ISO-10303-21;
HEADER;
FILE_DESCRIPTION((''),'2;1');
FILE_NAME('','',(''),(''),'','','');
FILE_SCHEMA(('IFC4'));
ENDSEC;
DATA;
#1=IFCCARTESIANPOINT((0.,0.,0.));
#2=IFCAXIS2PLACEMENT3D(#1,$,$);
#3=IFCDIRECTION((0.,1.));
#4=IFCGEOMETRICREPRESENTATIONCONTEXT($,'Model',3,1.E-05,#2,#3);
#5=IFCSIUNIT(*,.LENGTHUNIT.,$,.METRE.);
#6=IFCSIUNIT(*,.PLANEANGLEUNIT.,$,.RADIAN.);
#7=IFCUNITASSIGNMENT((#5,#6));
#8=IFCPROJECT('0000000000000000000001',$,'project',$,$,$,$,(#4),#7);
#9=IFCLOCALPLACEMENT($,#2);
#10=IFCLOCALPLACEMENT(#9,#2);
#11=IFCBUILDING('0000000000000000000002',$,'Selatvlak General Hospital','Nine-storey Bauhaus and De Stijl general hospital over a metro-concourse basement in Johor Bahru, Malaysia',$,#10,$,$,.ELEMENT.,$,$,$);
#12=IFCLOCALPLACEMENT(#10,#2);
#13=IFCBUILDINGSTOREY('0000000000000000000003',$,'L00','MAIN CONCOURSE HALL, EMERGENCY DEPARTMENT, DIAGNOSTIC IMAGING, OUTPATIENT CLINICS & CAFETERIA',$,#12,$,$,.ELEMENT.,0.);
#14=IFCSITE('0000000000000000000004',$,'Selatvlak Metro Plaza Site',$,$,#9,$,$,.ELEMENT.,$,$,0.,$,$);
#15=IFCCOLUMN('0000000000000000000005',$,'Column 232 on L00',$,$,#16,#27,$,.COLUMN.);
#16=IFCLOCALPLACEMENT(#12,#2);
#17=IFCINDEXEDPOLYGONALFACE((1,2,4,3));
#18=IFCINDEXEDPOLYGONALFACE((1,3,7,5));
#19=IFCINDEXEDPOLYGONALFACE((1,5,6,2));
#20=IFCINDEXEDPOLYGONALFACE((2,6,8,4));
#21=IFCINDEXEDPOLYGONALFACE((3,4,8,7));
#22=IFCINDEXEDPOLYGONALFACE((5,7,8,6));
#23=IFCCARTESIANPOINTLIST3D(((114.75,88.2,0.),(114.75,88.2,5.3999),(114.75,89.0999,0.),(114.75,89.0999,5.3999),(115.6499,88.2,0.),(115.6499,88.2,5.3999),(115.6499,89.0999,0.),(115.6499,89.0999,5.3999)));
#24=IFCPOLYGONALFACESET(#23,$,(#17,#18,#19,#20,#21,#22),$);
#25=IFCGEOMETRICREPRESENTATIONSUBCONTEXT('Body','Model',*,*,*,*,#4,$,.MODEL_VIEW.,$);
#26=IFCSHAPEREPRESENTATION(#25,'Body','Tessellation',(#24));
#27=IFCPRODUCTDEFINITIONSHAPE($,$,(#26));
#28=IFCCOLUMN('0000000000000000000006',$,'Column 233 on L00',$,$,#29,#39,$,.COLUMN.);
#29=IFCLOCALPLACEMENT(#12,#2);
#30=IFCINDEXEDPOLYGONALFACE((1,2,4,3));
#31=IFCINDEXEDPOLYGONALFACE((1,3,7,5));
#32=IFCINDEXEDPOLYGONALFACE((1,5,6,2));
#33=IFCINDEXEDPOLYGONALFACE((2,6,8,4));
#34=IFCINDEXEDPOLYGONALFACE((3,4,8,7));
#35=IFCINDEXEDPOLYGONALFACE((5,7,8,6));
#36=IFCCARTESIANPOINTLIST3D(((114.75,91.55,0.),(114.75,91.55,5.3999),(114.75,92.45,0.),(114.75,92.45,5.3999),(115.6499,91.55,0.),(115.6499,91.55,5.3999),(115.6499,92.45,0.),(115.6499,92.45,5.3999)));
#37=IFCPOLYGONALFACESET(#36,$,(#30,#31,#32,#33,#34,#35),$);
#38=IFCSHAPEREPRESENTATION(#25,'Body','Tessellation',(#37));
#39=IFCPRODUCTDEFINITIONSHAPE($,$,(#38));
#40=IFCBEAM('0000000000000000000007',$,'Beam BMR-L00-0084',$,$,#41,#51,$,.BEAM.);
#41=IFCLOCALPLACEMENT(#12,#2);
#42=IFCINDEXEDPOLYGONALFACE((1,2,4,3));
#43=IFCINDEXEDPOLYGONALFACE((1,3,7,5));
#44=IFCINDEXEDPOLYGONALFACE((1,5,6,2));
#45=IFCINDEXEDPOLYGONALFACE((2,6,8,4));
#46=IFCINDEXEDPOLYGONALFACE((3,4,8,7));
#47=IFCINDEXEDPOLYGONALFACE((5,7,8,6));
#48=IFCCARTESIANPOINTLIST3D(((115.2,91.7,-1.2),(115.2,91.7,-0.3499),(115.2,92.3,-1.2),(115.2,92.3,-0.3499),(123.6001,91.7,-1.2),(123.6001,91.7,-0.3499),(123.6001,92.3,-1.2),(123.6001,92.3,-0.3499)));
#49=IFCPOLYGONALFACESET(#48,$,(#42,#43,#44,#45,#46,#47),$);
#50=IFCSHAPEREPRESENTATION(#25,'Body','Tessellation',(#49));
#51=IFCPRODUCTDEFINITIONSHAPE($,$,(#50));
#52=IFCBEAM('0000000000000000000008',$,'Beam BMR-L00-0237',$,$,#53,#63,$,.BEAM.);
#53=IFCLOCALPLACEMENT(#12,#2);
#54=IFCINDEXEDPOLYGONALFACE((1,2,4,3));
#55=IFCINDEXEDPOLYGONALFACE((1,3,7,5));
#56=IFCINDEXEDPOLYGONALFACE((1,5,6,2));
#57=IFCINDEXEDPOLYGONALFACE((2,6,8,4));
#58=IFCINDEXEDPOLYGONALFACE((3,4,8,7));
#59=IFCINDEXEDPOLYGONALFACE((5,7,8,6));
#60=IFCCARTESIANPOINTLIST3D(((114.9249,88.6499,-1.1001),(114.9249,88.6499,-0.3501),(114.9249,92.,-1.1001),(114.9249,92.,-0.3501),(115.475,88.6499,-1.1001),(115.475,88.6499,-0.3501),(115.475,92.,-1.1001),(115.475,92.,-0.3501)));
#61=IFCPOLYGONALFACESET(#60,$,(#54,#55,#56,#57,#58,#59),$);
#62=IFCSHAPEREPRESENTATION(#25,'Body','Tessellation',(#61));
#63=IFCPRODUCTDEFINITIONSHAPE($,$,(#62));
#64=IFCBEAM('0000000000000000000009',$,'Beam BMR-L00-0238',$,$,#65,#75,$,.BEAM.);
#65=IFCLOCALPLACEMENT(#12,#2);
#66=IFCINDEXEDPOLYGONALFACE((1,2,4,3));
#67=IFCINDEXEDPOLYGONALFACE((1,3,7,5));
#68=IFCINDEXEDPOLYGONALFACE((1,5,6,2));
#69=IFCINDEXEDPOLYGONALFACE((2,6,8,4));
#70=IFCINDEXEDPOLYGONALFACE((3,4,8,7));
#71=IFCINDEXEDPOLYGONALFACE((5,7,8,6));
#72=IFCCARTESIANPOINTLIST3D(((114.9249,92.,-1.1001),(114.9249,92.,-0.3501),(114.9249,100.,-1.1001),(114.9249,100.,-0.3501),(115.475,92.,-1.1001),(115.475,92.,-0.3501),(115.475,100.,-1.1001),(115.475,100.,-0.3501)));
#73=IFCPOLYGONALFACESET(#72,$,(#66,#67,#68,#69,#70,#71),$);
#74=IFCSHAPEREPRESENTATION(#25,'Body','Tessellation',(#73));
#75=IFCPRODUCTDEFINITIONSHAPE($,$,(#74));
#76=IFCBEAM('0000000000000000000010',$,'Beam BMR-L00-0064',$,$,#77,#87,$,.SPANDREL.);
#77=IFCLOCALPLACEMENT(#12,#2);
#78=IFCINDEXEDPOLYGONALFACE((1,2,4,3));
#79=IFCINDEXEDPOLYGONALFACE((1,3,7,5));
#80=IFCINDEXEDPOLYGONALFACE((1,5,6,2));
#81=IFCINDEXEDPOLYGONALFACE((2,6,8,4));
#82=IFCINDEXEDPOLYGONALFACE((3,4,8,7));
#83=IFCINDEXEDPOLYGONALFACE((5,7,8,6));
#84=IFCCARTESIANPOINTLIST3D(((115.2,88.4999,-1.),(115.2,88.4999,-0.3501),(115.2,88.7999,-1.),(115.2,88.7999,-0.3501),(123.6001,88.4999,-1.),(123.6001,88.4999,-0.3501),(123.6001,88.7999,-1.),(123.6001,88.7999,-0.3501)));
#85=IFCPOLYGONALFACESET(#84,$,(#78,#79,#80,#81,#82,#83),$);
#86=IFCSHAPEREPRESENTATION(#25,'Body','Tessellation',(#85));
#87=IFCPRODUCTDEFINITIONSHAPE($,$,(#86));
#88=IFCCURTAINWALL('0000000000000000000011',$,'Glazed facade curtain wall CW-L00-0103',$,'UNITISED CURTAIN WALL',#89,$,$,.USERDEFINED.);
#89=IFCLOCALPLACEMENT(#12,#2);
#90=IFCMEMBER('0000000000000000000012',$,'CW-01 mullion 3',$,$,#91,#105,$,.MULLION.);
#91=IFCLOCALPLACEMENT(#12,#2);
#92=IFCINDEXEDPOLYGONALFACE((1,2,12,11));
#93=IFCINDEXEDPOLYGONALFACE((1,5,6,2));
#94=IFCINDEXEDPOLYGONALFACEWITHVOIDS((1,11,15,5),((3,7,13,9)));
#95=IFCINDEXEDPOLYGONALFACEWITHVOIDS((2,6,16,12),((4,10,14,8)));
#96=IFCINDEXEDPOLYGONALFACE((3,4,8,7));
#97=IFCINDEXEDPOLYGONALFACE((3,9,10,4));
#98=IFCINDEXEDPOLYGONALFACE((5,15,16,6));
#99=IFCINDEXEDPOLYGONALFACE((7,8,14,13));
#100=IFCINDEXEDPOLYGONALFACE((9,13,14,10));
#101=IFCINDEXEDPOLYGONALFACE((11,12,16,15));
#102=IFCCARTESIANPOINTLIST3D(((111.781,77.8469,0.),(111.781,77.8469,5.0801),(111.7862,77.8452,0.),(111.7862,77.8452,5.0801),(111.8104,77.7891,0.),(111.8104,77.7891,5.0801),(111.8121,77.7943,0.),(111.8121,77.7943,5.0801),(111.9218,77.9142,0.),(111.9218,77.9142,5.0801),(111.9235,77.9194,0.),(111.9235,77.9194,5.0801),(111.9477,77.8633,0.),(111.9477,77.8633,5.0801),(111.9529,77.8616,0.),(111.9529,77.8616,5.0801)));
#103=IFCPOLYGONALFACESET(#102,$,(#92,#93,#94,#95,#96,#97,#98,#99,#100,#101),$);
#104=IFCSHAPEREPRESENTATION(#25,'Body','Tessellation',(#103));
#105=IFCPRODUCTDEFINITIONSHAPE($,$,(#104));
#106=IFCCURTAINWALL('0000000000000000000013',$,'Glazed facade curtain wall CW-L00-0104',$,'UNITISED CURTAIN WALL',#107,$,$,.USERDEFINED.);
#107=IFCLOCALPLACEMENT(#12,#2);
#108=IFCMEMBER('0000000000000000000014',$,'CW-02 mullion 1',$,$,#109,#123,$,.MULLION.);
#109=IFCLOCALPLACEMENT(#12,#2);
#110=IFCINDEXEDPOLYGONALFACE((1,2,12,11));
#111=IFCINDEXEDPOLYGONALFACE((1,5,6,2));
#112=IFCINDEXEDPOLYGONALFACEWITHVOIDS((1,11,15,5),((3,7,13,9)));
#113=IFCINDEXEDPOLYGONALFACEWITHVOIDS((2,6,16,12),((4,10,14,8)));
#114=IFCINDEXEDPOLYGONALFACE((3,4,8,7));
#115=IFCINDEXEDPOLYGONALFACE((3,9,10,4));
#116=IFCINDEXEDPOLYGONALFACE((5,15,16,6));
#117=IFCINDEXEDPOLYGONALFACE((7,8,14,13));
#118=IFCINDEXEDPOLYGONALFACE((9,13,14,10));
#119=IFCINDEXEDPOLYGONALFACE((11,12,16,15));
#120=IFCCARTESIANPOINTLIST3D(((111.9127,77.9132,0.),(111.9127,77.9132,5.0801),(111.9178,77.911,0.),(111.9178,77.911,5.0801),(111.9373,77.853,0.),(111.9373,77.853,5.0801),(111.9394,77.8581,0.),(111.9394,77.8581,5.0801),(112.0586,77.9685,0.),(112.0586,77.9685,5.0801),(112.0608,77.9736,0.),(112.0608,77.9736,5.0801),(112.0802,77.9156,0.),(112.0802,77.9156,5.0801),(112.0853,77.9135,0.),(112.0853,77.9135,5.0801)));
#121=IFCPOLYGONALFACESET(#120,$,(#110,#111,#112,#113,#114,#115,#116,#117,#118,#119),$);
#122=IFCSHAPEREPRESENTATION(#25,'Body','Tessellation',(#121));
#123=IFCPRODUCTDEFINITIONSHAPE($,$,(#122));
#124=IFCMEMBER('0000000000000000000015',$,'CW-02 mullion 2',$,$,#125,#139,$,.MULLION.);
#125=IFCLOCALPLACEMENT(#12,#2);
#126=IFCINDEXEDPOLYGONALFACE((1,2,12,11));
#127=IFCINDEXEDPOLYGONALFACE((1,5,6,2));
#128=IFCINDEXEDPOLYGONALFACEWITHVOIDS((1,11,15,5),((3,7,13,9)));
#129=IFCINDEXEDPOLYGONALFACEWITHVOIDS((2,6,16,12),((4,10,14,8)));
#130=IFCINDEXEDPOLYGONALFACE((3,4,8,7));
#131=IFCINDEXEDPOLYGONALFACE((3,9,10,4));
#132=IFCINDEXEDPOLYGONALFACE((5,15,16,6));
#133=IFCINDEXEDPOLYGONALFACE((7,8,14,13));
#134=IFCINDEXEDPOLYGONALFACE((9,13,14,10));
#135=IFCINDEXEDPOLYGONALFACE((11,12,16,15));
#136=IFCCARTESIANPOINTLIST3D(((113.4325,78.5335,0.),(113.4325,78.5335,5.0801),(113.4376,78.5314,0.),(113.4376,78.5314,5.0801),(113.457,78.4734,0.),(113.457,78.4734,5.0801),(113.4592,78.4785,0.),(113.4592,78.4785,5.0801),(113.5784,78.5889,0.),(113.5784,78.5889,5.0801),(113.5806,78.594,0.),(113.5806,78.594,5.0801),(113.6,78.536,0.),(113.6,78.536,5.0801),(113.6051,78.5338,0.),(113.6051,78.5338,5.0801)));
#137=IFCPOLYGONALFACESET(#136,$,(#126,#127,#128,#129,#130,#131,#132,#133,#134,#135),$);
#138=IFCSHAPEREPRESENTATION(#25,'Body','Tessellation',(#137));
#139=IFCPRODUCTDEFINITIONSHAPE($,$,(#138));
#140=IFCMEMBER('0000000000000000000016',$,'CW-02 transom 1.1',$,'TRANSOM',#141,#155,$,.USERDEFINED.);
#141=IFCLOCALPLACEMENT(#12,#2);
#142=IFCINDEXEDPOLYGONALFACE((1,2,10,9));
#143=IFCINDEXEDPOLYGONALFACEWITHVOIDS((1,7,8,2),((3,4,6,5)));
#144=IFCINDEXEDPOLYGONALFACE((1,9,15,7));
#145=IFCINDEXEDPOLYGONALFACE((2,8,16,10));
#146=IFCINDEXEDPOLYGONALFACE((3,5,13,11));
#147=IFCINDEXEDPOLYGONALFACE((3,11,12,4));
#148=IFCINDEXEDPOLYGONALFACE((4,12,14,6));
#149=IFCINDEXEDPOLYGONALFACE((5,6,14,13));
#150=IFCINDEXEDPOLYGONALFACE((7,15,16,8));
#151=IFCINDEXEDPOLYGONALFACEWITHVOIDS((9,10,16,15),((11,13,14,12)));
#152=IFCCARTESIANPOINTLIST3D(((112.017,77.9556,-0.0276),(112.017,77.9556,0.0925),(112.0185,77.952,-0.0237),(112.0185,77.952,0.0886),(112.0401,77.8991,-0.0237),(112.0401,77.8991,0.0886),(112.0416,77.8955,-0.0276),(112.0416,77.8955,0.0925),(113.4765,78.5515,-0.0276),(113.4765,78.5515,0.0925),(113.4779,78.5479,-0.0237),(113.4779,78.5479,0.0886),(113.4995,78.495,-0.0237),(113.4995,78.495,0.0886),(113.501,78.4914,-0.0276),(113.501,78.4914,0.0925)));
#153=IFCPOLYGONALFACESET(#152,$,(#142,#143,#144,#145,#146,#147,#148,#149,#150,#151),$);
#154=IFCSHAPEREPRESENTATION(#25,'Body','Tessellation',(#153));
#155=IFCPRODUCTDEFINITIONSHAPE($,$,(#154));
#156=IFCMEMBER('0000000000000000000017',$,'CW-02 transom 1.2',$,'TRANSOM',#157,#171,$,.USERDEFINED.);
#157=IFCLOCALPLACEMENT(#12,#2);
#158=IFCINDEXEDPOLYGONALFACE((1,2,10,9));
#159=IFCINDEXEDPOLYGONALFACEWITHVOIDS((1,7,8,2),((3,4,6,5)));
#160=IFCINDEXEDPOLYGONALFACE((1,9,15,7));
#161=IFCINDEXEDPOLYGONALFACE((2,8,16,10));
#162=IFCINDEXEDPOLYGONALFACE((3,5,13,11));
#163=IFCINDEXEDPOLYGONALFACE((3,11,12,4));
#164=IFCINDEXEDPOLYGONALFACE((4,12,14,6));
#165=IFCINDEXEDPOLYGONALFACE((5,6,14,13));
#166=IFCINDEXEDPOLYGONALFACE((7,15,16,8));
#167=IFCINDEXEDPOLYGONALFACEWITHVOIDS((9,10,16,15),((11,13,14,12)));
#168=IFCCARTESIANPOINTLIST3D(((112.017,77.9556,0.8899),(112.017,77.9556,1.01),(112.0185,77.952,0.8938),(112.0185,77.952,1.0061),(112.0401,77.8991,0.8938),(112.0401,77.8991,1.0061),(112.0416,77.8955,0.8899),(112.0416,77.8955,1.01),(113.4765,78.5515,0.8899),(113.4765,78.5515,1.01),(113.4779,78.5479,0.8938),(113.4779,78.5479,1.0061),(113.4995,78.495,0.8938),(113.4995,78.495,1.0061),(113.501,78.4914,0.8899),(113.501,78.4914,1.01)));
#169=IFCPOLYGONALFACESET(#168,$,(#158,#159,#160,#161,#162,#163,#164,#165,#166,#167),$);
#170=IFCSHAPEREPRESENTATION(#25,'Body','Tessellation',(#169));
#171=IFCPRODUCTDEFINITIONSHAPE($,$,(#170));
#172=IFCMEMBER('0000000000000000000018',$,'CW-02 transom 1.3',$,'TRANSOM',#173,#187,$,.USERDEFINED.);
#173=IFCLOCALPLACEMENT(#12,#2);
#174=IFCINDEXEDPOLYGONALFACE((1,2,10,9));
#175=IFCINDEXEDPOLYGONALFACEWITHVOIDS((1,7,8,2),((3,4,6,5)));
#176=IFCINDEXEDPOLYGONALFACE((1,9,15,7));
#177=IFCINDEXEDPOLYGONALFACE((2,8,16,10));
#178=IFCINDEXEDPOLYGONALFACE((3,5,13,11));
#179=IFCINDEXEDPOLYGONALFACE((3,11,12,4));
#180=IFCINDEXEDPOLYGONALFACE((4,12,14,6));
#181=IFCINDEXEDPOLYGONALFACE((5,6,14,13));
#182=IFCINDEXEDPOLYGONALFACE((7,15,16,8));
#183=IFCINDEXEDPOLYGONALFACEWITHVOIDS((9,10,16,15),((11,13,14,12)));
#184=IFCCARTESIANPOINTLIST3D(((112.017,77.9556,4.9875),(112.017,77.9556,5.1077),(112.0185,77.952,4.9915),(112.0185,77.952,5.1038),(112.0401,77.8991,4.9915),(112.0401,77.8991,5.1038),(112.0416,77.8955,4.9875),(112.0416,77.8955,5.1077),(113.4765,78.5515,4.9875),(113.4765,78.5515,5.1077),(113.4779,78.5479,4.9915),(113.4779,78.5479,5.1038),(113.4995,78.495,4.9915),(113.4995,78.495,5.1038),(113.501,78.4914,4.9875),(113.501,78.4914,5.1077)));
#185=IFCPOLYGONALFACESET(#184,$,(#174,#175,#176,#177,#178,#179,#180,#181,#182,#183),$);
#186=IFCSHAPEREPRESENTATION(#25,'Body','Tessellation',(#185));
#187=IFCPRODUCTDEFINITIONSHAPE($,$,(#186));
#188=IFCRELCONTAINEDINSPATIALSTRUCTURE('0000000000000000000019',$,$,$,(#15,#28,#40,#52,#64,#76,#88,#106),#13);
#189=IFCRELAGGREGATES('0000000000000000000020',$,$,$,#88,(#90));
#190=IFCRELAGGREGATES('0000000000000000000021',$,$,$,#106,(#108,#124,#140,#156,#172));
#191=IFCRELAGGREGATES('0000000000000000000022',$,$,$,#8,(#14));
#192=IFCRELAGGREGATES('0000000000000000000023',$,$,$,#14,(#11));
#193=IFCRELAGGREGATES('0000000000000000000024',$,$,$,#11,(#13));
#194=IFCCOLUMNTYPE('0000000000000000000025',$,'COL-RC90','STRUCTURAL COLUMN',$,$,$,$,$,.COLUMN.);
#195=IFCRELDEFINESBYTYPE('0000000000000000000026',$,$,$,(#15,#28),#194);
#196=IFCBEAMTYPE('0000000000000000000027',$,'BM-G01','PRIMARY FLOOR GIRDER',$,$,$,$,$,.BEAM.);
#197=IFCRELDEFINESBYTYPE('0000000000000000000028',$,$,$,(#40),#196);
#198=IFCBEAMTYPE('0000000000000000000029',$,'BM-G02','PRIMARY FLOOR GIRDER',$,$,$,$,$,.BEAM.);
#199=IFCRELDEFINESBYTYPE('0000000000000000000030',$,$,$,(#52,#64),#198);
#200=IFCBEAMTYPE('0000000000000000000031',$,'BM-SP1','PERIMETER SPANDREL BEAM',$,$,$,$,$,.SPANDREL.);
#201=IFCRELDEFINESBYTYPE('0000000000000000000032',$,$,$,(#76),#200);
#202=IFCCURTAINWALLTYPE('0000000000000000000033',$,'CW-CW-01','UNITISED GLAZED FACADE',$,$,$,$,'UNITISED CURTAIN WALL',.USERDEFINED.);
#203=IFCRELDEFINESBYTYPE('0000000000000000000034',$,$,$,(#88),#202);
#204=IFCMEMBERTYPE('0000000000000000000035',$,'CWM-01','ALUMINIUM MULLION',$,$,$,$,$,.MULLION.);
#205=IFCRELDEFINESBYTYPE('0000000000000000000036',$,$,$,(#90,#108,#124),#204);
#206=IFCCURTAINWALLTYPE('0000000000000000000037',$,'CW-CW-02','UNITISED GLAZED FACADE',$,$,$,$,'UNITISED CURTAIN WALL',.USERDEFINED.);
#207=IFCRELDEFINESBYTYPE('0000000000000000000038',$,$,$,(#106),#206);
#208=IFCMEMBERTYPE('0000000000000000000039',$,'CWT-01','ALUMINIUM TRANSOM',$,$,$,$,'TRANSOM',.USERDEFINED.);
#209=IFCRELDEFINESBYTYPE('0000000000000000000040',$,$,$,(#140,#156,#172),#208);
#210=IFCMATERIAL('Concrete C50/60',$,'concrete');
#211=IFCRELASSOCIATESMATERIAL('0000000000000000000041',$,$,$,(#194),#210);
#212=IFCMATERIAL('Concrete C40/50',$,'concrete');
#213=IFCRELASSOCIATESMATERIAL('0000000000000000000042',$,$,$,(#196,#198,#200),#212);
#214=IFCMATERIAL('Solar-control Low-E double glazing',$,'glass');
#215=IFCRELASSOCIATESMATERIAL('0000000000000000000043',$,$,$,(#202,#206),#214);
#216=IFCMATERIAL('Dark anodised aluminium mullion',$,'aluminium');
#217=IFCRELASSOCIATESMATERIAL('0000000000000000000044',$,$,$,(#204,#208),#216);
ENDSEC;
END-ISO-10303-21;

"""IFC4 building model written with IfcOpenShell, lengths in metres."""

from ifc_helpers import new_model, si_unit, direction, frame, origin, origin_2d, place, context, subcontext, project, spatial, rectangle, hollow_rectangle, extrude, material, material_profile, profile_set, type_object, element, aggregate, save


model = new_model("IFC4")

# Units and contexts
model_context = context("Model", 3, precision=1e-05, world=origin(), true_north=direction((0.0, 1.0)))
body_context = subcontext(model_context, "Body", "Model", "MODEL_VIEW")
ifc_project = project(units=[si_unit("LENGTHUNIT", "METRE"), si_unit("PLANEANGLEUNIT", "RADIAN")], contexts=[model_context])

# Site, building, storey
site_placement = place(None, origin())
site = spatial("IfcSite", under=ifc_project, at=site_placement, Name="Selatvlak Metro Plaza Site", CompositionType="ELEMENT", RefElevation=0.0)
building_placement = place(site_placement, origin())
building = spatial("IfcBuilding", under=site, at=building_placement, Name="Selatvlak General Hospital", Description="Nine-storey Bauhaus and De Stijl general hospital over a metro-concourse basement in Johor Bahru, Malaysia", CompositionType="ELEMENT")
storey_placement = place(building_placement, origin())
storey = spatial("IfcBuildingStorey", under=building, at=storey_placement, Name="L00", Description="MAIN CONCOURSE HALL, EMERGENCY DEPARTMENT, DIAGNOSTIC IMAGING, OUTPATIENT CLINICS & CAFETERIA", CompositionType="ELEMENT", Elevation=0.0)

# Columns
ifc_material_1 = material(Name="Concrete C50/60", Category="concrete")
ifc_material_profile_1 = material_profile(ifc_material_1, rectangle(XDim=0.8999, YDim=0.8999, at=origin_2d()), Name="RC-COL 900x900")
ifc_profile_set_1 = profile_set([ifc_material_profile_1], Name="Concrete C50/60")
column_type = type_object("IfcColumnType", Name="COL-RC90", Description="STRUCTURAL COLUMN", PredefinedType="COLUMN", material=ifc_profile_set_1)
for number, where, z_axis, x_axis, name in (
    (1, (115.2, 88.6499, 0.0), (0.0, 0.0, 1.0), (1.0, 0.0, 0.0), "Column 232 on L00"),
    (2, (115.2, 92.0, 0.0), (0.0, 0.0, 1.0), (1.0, 0.0, 0.0), "Column 233 on L00"),
):
    element("IfcColumn", number, at=place(storey_placement, frame(where, z_axis=z_axis, x_axis=x_axis)), inside=storey, type_object=column_type, Name=name, PredefinedType="COLUMN", context=body_context, shape_type="SweptSolid", body=[
        extrude(rectangle(XDim=0.8999, YDim=0.8999, at=origin_2d()), origin(), (0.0, 0.0, 1.0), 5.3999),
    ])

# Beams
ifc_material_2 = material(Name="Concrete C40/50", Category="concrete")
ifc_material_profile_2 = material_profile(ifc_material_2, rectangle(XDim=0.6001, YDim=0.8501, at=origin_2d()), Name="RC-BM 600x850")
ifc_profile_set_2 = profile_set([ifc_material_profile_2], Name="Concrete C40/50")
beam_type_1 = type_object("IfcBeamType", Name="BM-G01", Description="PRIMARY FLOOR GIRDER", PredefinedType="BEAM", material=ifc_profile_set_2)
beam_1_placement = place(storey_placement, frame((115.2, 92.0, -0.7749), z_axis=(1.0, 0.0, 0.0), x_axis=(0.0, 1.0, 0.0)))
element("IfcBeam", 3, at=beam_1_placement, inside=storey, type_object=beam_type_1, Name="Beam BMR-L00-0084", PredefinedType="BEAM", context=body_context, shape_type="SweptSolid", body=[
    extrude(rectangle(XDim=0.6001, YDim=0.8501, at=origin_2d()), origin(), (0.0, 0.0, 1.0), 8.4001),
])
ifc_material_profile_3 = material_profile(ifc_material_2, rectangle(XDim=0.55, YDim=0.75, at=origin_2d()), Name="RC-BM 550x750")
ifc_profile_set_3 = profile_set([ifc_material_profile_3], Name="Concrete C40/50")
beam_type_2 = type_object("IfcBeamType", Name="BM-G02", Description="PRIMARY FLOOR GIRDER", PredefinedType="BEAM", material=ifc_profile_set_3)
beam_2_placement = place(storey_placement, frame((115.2, 88.6499, -0.7251), z_axis=(0.0, 1.0, 0.0), x_axis=(-1.0, 0.0, 0.0)))
element("IfcBeam", 4, at=beam_2_placement, inside=storey, type_object=beam_type_2, Name="Beam BMR-L00-0237", PredefinedType="BEAM", context=body_context, shape_type="SweptSolid", body=[
    extrude(rectangle(XDim=0.55, YDim=0.75, at=origin_2d()), origin(), (0.0, 0.0, 1.0), 3.3501),
])
beam_3_placement = place(storey_placement, frame((115.2, 92.0, -0.7251), z_axis=(0.0, 1.0, 0.0), x_axis=(-1.0, 0.0, 0.0)))
element("IfcBeam", 5, at=beam_3_placement, inside=storey, type_object=beam_type_2, Name="Beam BMR-L00-0238", PredefinedType="BEAM", context=body_context, shape_type="SweptSolid", body=[
    extrude(rectangle(XDim=0.55, YDim=0.75, at=origin_2d()), origin(), (0.0, 0.0, 1.0), 8.0),
])
ifc_material_profile_4 = material_profile(ifc_material_2, rectangle(XDim=0.3, YDim=0.6499, at=origin_2d()), Name="RC-SP 300x650")
ifc_profile_set_4 = profile_set([ifc_material_profile_4], Name="Concrete C40/50")
beam_type_3 = type_object("IfcBeamType", Name="BM-SP1", Description="PERIMETER SPANDREL BEAM", PredefinedType="SPANDREL", material=ifc_profile_set_4)
beam_4_placement = place(storey_placement, frame((115.2, 88.6499, -0.675), z_axis=(1.0, 0.0, 0.0), x_axis=(0.0, 1.0, 0.0)))
element("IfcBeam", 6, at=beam_4_placement, inside=storey, type_object=beam_type_3, Name="Beam BMR-L00-0064", PredefinedType="SPANDREL", context=body_context, shape_type="SweptSolid", body=[
    extrude(rectangle(XDim=0.3, YDim=0.6499, at=origin_2d()), origin(), (0.0, 0.0, 1.0), 8.4001),
])

# Curtain wall, member
ifc_material_3 = material(Name="Solar-control Low-E double glazing", Category="glass")
curtain_wall_type_1 = type_object("IfcCurtainWallType", Name="CW-CW-01", Description="UNITISED GLAZED FACADE", ElementType="UNITISED CURTAIN WALL", PredefinedType="USERDEFINED", material=ifc_material_3)
curtain_wall_1_placement = place(storey_placement, origin())
curtain_wall_1 = element("IfcCurtainWall", 7, at=curtain_wall_1_placement, inside=storey, type_object=curtain_wall_type_1, Name="Glazed facade curtain wall CW-L00-0103", ObjectType="UNITISED CURTAIN WALL", PredefinedType="USERDEFINED")
ifc_material_4 = material(Name="Dark anodised aluminium mullion", Category="aluminium")
ifc_material_profile_5 = material_profile(ifc_material_4, hollow_rectangle(XDim=0.0649, YDim=0.1599, WallThickness=0.0039, at=origin_2d()), Name="AL-MUL 65x160x4")
ifc_profile_set_5 = profile_set([ifc_material_profile_5], Name="Dark anodised aluminium mullion")
member_type_1 = type_object("IfcMemberType", Name="CWM-01", Description="ALUMINIUM MULLION", PredefinedType="MULLION", material=ifc_profile_set_5)
member_1_placement = place(storey_placement, frame((111.8669, 77.8542, 0.0), z_axis=(0.0, 0.0, 1.0), x_axis=(-0.453361, 0.891327, 0.0)))
member_1 = element("IfcMember", 8, at=member_1_placement, type_object=member_type_1, Name="CW-01 mullion 3", PredefinedType="MULLION", context=body_context, shape_type="SweptSolid", body=[
    extrude(hollow_rectangle(XDim=0.0649, YDim=0.1599, WallThickness=0.0039, at=origin_2d()), origin(), (0.0, 0.0, 1.0), 5.0801),
])
aggregate(curtain_wall_1, [member_1])

# Curtain wall, members
curtain_wall_type_2 = type_object("IfcCurtainWallType", Name="CW-CW-02", Description="UNITISED GLAZED FACADE", ElementType="UNITISED CURTAIN WALL", PredefinedType="USERDEFINED", material=ifc_material_3)
curtain_wall_2_placement = place(storey_placement, origin())
curtain_wall_2 = element("IfcCurtainWall", 9, at=curtain_wall_2_placement, inside=storey, type_object=curtain_wall_type_2, Name="Glazed facade curtain wall CW-L00-0104", ObjectType="UNITISED CURTAIN WALL", PredefinedType="USERDEFINED")
member_2_placement = place(storey_placement, frame((111.999, 77.9133, 0.0), z_axis=(0.0, 0.0, 1.0), x_axis=(-0.377948, 0.925827, 0.0)))
member_2 = element("IfcMember", 10, at=member_2_placement, type_object=member_type_1, Name="CW-02 mullion 1", PredefinedType="MULLION", context=body_context, shape_type="SweptSolid", body=[
    extrude(hollow_rectangle(XDim=0.0649, YDim=0.1599, WallThickness=0.0039, at=origin_2d()), origin(), (0.0, 0.0, 1.0), 5.0801),
])
member_3_placement = place(storey_placement, frame((113.5188, 78.5337, 0.0), z_axis=(0.0, 0.0, 1.0), x_axis=(-0.377948, 0.925827, 0.0)))
member_3 = element("IfcMember", 11, at=member_3_placement, type_object=member_type_1, Name="CW-02 mullion 2", PredefinedType="MULLION", context=body_context, shape_type="SweptSolid", body=[
    extrude(hollow_rectangle(XDim=0.0649, YDim=0.1599, WallThickness=0.0039, at=origin_2d()), origin(), (0.0, 0.0, 1.0), 5.0801),
])
ifc_material_profile_6 = material_profile(ifc_material_4, hollow_rectangle(XDim=0.0649, YDim=0.1201, WallThickness=0.0039, at=origin_2d()), Name="AL-TRN 65x120x4")
ifc_profile_set_6 = profile_set([ifc_material_profile_6], Name="Dark anodised aluminium mullion")
member_type_2 = type_object("IfcMemberType", Name="CWT-01", Description="ALUMINIUM TRANSOM", ElementType="TRANSOM", PredefinedType="USERDEFINED", material=ifc_profile_set_6)
member_4_placement = place(storey_placement, frame((112.0293, 77.9255, 0.0325), z_axis=(0.925793, 0.37803, 0.0), x_axis=(-0.37803, 0.925793, 0.0)))
member_4 = element("IfcMember", 12, at=member_4_placement, type_object=member_type_2, Name="CW-02 transom 1.1", ObjectType="TRANSOM", PredefinedType="USERDEFINED", context=body_context, shape_type="SweptSolid", body=[
    extrude(hollow_rectangle(XDim=0.0649, YDim=0.1201, WallThickness=0.0039, at=origin_2d()), origin(), (0.0, 0.0, 1.0), 1.5764),
])
member_5_placement = place(storey_placement, frame((112.0293, 77.9255, 0.95), z_axis=(0.925793, 0.37803, 0.0), x_axis=(-0.37803, 0.925793, 0.0)))
member_5 = element("IfcMember", 13, at=member_5_placement, type_object=member_type_2, Name="CW-02 transom 1.2", ObjectType="TRANSOM", PredefinedType="USERDEFINED", context=body_context, shape_type="SweptSolid", body=[
    extrude(hollow_rectangle(XDim=0.0649, YDim=0.1201, WallThickness=0.0039, at=origin_2d()), origin(), (0.0, 0.0, 1.0), 1.5764),
])
member_6_placement = place(storey_placement, frame((112.0293, 77.9255, 5.0476), z_axis=(0.925793, 0.37803, 0.0), x_axis=(-0.37803, 0.925793, 0.0)))
member_6 = element("IfcMember", 14, at=member_6_placement, type_object=member_type_2, Name="CW-02 transom 1.3", ObjectType="TRANSOM", PredefinedType="USERDEFINED", context=body_context, shape_type="SweptSolid", body=[
    extrude(hollow_rectangle(XDim=0.0649, YDim=0.1201, WallThickness=0.0039, at=origin_2d()), origin(), (0.0, 0.0, 1.0), 1.5764),
])
aggregate(curtain_wall_2, [member_2, member_3, member_4, member_5, member_6])

save(model, "model.ifc")
